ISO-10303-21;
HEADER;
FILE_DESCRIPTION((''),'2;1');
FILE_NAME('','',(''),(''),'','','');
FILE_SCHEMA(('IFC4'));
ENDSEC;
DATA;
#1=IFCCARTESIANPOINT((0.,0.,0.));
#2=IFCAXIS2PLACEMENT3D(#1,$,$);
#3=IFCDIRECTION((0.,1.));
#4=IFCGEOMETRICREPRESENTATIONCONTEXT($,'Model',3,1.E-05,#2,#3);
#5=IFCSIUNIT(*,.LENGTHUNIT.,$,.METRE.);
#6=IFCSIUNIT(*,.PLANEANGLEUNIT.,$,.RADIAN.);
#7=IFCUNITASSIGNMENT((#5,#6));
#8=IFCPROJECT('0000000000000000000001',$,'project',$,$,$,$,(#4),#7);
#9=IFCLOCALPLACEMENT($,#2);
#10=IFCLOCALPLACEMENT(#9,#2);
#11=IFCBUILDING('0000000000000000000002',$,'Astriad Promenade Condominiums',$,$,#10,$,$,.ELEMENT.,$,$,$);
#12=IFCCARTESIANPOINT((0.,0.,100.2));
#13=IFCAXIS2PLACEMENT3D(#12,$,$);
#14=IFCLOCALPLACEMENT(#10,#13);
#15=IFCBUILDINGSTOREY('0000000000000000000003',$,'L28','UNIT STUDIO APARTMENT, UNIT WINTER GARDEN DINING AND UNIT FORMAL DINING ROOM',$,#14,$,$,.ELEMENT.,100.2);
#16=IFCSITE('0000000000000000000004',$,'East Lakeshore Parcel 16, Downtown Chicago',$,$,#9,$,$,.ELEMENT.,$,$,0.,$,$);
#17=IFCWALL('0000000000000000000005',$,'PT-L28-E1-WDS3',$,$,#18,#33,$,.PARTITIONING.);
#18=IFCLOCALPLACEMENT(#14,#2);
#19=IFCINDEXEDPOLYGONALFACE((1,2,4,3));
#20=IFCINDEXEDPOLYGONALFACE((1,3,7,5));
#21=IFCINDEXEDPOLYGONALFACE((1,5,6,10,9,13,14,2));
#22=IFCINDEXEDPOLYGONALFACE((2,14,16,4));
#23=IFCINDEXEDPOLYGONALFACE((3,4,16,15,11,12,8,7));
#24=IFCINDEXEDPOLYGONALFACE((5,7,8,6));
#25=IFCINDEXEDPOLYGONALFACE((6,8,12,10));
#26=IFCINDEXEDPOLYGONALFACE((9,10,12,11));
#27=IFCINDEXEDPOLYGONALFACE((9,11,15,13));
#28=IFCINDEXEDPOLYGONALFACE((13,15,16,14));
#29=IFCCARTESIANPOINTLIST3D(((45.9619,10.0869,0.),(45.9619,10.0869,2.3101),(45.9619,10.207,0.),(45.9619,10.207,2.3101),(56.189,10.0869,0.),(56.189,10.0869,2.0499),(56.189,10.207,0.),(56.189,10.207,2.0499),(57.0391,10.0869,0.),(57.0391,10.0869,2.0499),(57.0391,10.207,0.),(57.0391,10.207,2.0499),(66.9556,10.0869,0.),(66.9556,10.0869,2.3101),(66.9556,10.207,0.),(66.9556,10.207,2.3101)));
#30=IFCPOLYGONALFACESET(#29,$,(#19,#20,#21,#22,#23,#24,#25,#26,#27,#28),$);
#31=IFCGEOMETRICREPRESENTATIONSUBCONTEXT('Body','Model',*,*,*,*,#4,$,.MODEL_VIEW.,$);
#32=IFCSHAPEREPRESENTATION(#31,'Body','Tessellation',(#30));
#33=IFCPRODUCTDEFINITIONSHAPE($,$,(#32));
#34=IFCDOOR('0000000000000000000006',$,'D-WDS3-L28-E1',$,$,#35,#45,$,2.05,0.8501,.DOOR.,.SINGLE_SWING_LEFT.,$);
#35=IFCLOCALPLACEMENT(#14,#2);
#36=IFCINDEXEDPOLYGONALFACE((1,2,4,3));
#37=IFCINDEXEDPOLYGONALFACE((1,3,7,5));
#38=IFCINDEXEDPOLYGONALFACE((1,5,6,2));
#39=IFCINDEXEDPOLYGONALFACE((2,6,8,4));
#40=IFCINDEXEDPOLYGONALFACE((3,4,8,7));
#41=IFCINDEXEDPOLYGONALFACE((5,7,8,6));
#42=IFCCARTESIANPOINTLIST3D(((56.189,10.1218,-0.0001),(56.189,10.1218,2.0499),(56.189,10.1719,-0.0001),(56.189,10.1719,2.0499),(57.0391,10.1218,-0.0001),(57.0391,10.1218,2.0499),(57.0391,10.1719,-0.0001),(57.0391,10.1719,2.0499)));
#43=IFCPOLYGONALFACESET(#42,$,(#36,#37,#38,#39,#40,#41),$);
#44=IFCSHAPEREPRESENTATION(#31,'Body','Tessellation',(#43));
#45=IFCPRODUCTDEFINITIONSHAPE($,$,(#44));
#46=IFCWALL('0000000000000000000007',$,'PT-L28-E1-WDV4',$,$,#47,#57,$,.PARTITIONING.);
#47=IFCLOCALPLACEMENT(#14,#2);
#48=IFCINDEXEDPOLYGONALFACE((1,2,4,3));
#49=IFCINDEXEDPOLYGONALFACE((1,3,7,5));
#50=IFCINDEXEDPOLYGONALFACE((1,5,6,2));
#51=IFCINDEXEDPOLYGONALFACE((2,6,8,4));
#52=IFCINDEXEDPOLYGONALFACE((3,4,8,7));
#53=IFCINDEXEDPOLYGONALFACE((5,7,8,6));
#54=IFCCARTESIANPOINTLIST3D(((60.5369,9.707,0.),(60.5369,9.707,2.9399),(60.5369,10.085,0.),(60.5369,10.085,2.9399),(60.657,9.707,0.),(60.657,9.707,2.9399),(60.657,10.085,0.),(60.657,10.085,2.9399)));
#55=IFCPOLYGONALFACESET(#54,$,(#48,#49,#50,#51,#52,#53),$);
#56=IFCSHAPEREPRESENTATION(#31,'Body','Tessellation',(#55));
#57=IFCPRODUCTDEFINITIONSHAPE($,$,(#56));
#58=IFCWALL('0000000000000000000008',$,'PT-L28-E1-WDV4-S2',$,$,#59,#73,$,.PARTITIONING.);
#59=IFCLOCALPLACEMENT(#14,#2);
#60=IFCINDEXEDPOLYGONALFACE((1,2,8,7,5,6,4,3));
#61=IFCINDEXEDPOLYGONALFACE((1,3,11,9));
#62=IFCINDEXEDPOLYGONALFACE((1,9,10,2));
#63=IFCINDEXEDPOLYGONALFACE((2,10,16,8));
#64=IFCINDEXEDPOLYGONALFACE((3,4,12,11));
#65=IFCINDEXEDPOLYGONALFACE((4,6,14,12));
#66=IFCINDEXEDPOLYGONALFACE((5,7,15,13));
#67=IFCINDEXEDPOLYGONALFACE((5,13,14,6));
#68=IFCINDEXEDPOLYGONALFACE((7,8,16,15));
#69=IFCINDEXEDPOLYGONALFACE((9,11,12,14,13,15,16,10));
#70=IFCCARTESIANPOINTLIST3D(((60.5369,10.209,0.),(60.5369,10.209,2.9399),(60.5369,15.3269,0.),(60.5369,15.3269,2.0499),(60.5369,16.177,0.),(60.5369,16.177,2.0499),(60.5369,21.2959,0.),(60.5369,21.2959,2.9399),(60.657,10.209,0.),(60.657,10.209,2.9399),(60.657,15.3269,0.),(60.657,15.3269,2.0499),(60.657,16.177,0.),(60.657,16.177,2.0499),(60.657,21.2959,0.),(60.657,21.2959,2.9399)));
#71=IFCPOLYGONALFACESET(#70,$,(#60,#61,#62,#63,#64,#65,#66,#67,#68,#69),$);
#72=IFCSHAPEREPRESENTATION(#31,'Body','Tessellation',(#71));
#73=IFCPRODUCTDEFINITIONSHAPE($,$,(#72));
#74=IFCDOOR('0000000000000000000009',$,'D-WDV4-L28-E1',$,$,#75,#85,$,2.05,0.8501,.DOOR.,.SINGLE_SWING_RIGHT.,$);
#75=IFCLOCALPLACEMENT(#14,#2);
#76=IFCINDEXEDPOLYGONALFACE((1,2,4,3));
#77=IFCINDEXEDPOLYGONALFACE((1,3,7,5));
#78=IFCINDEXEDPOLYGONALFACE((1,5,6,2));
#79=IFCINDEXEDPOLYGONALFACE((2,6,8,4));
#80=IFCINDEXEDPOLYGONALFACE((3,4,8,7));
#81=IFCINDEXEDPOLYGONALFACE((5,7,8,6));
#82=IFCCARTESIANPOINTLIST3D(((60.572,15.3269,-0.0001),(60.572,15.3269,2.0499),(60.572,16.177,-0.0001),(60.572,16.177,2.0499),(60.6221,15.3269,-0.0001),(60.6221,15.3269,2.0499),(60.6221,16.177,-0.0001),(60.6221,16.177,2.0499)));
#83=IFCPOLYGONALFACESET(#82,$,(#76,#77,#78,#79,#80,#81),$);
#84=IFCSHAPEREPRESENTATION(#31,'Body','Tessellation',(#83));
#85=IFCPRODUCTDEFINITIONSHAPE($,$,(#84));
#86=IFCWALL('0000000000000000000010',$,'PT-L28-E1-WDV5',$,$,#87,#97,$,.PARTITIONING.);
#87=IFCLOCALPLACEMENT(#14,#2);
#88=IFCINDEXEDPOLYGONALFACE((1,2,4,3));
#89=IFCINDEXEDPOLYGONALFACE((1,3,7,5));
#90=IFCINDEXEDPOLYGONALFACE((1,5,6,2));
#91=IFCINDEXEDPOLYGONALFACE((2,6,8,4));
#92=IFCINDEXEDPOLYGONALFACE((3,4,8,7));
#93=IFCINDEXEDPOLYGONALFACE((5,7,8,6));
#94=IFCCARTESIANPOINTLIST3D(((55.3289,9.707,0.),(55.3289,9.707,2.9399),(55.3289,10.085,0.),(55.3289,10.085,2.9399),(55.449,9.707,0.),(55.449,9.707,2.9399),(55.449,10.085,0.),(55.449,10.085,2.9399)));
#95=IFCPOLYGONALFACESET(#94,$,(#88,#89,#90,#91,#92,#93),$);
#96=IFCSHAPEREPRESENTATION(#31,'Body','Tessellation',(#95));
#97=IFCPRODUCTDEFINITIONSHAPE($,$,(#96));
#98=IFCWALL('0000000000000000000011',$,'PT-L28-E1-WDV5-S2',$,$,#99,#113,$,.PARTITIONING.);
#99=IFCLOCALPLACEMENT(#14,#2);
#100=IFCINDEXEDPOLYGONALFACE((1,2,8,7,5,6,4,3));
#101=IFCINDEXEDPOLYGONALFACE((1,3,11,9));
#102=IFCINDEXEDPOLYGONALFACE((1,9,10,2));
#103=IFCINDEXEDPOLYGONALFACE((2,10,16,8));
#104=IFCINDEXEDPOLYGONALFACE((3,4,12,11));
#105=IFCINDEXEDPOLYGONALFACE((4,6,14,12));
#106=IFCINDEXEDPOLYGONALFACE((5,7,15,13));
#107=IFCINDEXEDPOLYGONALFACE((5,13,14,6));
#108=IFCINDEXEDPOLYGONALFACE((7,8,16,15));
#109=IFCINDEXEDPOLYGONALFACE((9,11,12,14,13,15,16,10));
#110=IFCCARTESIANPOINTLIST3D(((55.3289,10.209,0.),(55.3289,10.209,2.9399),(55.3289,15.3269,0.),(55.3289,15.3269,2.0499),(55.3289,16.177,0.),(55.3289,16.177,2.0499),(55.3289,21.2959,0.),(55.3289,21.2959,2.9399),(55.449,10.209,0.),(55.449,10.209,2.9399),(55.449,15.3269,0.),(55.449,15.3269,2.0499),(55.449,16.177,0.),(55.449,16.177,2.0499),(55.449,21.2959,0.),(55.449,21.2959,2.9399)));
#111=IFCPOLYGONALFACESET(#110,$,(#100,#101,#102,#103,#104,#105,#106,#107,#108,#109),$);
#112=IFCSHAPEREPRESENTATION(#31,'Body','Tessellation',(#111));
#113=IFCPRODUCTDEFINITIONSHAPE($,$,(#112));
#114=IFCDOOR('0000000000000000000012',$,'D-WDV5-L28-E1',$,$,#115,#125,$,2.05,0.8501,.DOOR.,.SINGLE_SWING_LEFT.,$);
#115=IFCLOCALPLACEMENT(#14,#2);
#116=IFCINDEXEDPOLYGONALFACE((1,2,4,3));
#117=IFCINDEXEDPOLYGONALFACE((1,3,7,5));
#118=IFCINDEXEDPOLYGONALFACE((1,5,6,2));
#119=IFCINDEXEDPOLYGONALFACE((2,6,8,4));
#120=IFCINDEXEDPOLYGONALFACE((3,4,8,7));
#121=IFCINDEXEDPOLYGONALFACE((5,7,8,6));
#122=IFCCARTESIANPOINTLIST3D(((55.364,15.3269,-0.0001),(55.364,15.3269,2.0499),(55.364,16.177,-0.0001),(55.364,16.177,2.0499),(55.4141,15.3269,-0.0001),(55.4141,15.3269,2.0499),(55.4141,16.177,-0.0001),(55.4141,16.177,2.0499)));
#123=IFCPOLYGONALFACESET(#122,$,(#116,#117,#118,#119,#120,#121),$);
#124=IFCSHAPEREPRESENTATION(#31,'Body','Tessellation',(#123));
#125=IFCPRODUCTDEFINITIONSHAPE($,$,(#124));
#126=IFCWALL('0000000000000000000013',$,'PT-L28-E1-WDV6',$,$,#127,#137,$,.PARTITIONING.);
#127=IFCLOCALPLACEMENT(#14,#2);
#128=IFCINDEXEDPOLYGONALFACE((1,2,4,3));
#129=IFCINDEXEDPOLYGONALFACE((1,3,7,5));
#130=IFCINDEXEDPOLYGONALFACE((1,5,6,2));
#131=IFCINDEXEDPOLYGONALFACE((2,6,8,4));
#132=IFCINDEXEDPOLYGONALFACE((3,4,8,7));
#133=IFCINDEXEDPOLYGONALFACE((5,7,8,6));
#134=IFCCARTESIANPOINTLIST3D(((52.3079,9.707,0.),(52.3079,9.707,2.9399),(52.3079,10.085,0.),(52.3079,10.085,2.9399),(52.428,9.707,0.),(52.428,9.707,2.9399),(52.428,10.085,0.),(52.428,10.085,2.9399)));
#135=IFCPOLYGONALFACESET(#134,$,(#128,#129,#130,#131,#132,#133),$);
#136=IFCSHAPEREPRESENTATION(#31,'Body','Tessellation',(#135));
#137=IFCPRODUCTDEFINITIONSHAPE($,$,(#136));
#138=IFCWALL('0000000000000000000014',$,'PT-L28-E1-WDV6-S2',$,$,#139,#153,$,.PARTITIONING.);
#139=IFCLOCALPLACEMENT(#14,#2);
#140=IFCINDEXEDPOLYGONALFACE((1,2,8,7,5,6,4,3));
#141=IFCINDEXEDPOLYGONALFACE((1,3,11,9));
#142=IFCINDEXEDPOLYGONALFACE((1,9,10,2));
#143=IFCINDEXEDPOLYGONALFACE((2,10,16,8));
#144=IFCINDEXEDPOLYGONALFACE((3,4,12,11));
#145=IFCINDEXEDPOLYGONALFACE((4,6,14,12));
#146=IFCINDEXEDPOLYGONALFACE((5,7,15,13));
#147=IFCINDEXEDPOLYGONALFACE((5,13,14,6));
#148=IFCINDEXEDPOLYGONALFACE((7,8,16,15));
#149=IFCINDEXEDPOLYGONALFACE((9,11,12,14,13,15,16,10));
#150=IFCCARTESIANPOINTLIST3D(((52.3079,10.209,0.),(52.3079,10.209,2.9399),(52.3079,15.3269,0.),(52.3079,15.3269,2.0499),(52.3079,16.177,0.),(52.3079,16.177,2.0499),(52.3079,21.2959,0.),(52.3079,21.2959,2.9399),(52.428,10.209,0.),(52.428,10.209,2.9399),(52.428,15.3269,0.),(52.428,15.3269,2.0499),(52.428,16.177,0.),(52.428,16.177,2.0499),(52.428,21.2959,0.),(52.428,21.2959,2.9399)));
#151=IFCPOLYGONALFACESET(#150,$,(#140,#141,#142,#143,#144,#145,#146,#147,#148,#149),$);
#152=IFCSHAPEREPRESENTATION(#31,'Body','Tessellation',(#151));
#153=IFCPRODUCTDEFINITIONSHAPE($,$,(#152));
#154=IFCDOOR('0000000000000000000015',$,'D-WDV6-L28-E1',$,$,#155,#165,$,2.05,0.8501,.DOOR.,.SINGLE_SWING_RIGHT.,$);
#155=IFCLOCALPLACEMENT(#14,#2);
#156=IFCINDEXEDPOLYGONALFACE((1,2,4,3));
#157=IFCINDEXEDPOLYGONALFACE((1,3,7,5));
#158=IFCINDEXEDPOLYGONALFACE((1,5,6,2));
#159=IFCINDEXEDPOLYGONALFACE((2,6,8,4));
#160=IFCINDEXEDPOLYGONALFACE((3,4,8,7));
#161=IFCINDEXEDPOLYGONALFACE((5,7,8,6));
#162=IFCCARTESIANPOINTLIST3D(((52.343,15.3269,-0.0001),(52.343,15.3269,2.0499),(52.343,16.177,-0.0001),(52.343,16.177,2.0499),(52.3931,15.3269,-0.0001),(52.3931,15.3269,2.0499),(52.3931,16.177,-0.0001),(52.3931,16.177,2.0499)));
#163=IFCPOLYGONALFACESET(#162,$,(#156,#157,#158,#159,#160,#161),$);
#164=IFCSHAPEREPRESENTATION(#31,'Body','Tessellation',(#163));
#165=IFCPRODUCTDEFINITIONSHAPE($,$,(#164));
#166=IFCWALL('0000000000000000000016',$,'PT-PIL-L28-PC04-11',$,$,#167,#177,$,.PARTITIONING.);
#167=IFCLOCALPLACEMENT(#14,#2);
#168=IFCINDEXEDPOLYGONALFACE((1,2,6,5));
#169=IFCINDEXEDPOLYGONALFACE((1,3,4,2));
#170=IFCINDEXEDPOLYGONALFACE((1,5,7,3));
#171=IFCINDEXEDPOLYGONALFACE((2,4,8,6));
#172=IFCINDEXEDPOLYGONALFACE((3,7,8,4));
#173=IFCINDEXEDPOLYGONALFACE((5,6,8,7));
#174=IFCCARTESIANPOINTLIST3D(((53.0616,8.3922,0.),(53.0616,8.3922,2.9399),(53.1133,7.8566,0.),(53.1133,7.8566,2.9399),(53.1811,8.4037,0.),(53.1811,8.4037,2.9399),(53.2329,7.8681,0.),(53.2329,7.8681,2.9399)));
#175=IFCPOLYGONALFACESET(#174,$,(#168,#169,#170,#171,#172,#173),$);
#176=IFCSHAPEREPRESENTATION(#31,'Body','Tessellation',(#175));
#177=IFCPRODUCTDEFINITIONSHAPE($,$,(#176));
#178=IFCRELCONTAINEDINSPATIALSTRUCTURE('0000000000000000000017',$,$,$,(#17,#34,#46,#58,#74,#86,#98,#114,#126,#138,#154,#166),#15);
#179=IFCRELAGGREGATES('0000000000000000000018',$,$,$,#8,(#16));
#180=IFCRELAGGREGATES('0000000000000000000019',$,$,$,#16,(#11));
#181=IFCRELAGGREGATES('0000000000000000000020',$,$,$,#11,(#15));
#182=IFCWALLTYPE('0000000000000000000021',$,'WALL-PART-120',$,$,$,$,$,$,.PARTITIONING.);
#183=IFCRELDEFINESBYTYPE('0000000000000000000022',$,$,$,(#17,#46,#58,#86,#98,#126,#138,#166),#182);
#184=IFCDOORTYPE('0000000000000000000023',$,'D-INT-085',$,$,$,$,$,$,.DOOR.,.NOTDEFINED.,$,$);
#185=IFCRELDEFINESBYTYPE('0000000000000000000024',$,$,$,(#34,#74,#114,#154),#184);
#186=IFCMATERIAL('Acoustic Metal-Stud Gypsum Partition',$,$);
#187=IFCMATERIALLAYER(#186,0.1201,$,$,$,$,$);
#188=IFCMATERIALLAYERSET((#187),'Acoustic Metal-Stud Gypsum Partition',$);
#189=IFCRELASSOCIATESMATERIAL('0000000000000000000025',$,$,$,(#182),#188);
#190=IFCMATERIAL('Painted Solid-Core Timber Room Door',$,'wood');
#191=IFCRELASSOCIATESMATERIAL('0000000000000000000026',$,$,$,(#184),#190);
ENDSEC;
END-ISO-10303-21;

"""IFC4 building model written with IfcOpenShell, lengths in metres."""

from ifc_helpers import new_model, si_unit, direction, frame, frame_2d, origin, place, context, subcontext, project, spatial, rectangle, extrude, source, transform, mapped, material, layer, layer_set, type_object, type_shapes, element, fill, save


model = new_model("IFC4")

# Units and contexts
model_context = context("Model", 3, precision=1e-05, world=origin(), true_north=direction((0.0, 1.0)))
body_context = subcontext(model_context, "Body", "Model", "MODEL_VIEW")
ifc_project = project(units=[si_unit("LENGTHUNIT", "METRE"), si_unit("PLANEANGLEUNIT", "RADIAN")], contexts=[model_context])

# Site, building, storey
site_placement = place(None, origin())
site = spatial("IfcSite", under=ifc_project, at=site_placement, Name="East Lakeshore Parcel 16, Downtown Chicago", CompositionType="ELEMENT", RefElevation=0.0)
building_placement = place(site_placement, origin())
building = spatial("IfcBuilding", under=site, at=building_placement, Name="Astriad Promenade Condominiums", CompositionType="ELEMENT")
storey_placement = place(building_placement, frame((0.0, 0.0, 100.2)))
storey = spatial("IfcBuildingStorey", under=building, at=storey_placement, Name="L28", Description="UNIT STUDIO APARTMENT, UNIT WINTER GARDEN DINING AND UNIT FORMAL DINING ROOM", CompositionType="ELEMENT", Elevation=100.2)

# Wall, opening, door
ifc_material_1 = material(Name="Acoustic Metal-Stud Gypsum Partition")
ifc_layer_1 = layer(ifc_material_1, 0.1201)
ifc_layer_set_1 = layer_set([ifc_layer_1], Name="Acoustic Metal-Stud Gypsum Partition")
wall_type = type_object("IfcWallType", Name="WALL-PART-120", PredefinedType="PARTITIONING", material=ifc_layer_set_1)
wall_1_placement = place(storey_placement, frame((45.9619, 10.147, 0.0), z_axis=(0.0, 0.0, 1.0), x_axis=(1.0, 0.0, 0.0)))
wall_1 = element("IfcWall", 1, at=wall_1_placement, inside=storey, type_object=wall_type, Name="PT-L28-E1-WDS3", PredefinedType="PARTITIONING", context=body_context, shape_type="SweptSolid", body=[
    extrude(rectangle(XDim=20.9937, YDim=0.1201, at=frame_2d((10.4968, 0.0))), origin(), (0.0, 0.0, 1.0), 2.3101),
])
opening_1_placement = place(wall_1_placement, frame((10.2271, 0.0, 0.0)))
opening_1 = element("IfcOpeningElement", 2, at=opening_1_placement, cuts=wall_1, PredefinedType="OPENING", context=body_context, shape_type="SweptSolid", body=[
    extrude(rectangle(XDim=0.8501, YDim=2.05, at=frame_2d((0.425, 1.0249))), frame((0.0, 0.0701, 0.0), z_axis=(0.0, -1.0, 0.0), x_axis=(1.0, 0.0, 0.0)), (0.0, 0.0, 1.0), 0.1401),
])
ifc_material_2 = material(Name="Painted Solid-Core Timber Room Door", Category="wood")
door_type = type_object("IfcDoorType", Name="D-INT-085", OperationType="NOTDEFINED", PredefinedType="DOOR", material=ifc_material_2)
shared_shape_1 = source(origin(), body_context, "Body", "SweptSolid", [
    extrude(rectangle(XDim=0.8501, YDim=2.05, at=frame_2d((0.425, 1.0249))), frame((0.0, 0.0249, 0.0), z_axis=(0.0, -1.0, 0.0), x_axis=(1.0, 0.0, 0.0)), (0.0, 0.0, 1.0), 0.05),
])
type_shapes(door_type, [shared_shape_1])
door_1_placement = place(opening_1_placement, origin())
door_1 = element("IfcDoor", 3, at=door_1_placement, inside=storey, type_object=door_type, Name="D-WDS3-L28-E1", OperationType="SINGLE_SWING_LEFT", OverallHeight=2.05, OverallWidth=0.8501, PredefinedType="DOOR", context=body_context, shape_type="MappedRepresentation", body=[
    mapped(shared_shape_1, transform((0.0, 0.0, 0.0), scale=1.0)),
])
fill(opening_1, door_1)

# Wall
wall_2_placement = place(storey_placement, frame((60.5969, 9.707, 0.0), z_axis=(0.0, 0.0, 1.0), x_axis=(0.0, 1.0, 0.0)))
element("IfcWall", 4, at=wall_2_placement, inside=storey, type_object=wall_type, Name="PT-L28-E1-WDV4", PredefinedType="PARTITIONING", context=body_context, shape_type="SweptSolid", body=[
    extrude(rectangle(XDim=0.3779, YDim=0.1201, at=frame_2d((0.189, 0.0))), origin(), (0.0, 0.0, 1.0), 2.9399),
])

# Wall, opening, door
wall_3_placement = place(storey_placement, frame((60.5969, 10.209, 0.0), z_axis=(0.0, 0.0, 1.0), x_axis=(0.0, 1.0, 0.0)))
wall_3 = element("IfcWall", 5, at=wall_3_placement, inside=storey, type_object=wall_type, Name="PT-L28-E1-WDV4-S2", PredefinedType="PARTITIONING", context=body_context, shape_type="SweptSolid", body=[
    extrude(rectangle(XDim=11.0869, YDim=0.1201, at=frame_2d((5.5435, 0.0))), origin(), (0.0, 0.0, 1.0), 2.9399),
])
opening_2_placement = place(wall_3_placement, frame((5.1179, 0.0, 0.0)))
opening_2 = element("IfcOpeningElement", 6, at=opening_2_placement, cuts=wall_3, PredefinedType="OPENING", context=body_context, shape_type="SweptSolid", body=[
    extrude(rectangle(XDim=0.8501, YDim=2.05, at=frame_2d((0.425, 1.0249))), frame((0.0, 0.0701, 0.0), z_axis=(0.0, -1.0, 0.0), x_axis=(1.0, 0.0, 0.0)), (0.0, 0.0, 1.0), 0.1401),
])
door_2_placement = place(opening_2_placement, origin())
door_2 = element("IfcDoor", 7, at=door_2_placement, inside=storey, type_object=door_type, Name="D-WDV4-L28-E1", OperationType="SINGLE_SWING_RIGHT", OverallHeight=2.05, OverallWidth=0.8501, PredefinedType="DOOR", context=body_context, shape_type="MappedRepresentation", body=[
    mapped(shared_shape_1, transform((0.0, 0.0, 0.0), scale=1.0)),
])
fill(opening_2, door_2)

# Wall
wall_4_placement = place(storey_placement, frame((55.3889, 9.707, 0.0), z_axis=(0.0, 0.0, 1.0), x_axis=(0.0, 1.0, 0.0)))
element("IfcWall", 8, at=wall_4_placement, inside=storey, type_object=wall_type, Name="PT-L28-E1-WDV5", PredefinedType="PARTITIONING", context=body_context, shape_type="SweptSolid", body=[
    extrude(rectangle(XDim=0.3779, YDim=0.1201, at=frame_2d((0.189, 0.0))), origin(), (0.0, 0.0, 1.0), 2.9399),
])

# Wall, opening, door
wall_5_placement = place(storey_placement, frame((55.3889, 10.209, 0.0), z_axis=(0.0, 0.0, 1.0), x_axis=(0.0, 1.0, 0.0)))
wall_5 = element("IfcWall", 9, at=wall_5_placement, inside=storey, type_object=wall_type, Name="PT-L28-E1-WDV5-S2", PredefinedType="PARTITIONING", context=body_context, shape_type="SweptSolid", body=[
    extrude(rectangle(XDim=11.0869, YDim=0.1201, at=frame_2d((5.5435, 0.0))), origin(), (0.0, 0.0, 1.0), 2.9399),
])
opening_3_placement = place(wall_5_placement, frame((5.1179, 0.0, 0.0)))
opening_3 = element("IfcOpeningElement", 10, at=opening_3_placement, cuts=wall_5, PredefinedType="OPENING", context=body_context, shape_type="SweptSolid", body=[
    extrude(rectangle(XDim=0.8501, YDim=2.05, at=frame_2d((0.425, 1.0249))), frame((0.0, 0.0701, 0.0), z_axis=(0.0, -1.0, 0.0), x_axis=(1.0, 0.0, 0.0)), (0.0, 0.0, 1.0), 0.1401),
])
door_3_placement = place(opening_3_placement, origin())
door_3 = element("IfcDoor", 11, at=door_3_placement, inside=storey, type_object=door_type, Name="D-WDV5-L28-E1", OperationType="SINGLE_SWING_LEFT", OverallHeight=2.05, OverallWidth=0.8501, PredefinedType="DOOR", context=body_context, shape_type="MappedRepresentation", body=[
    mapped(shared_shape_1, transform((0.0, 0.0, 0.0), scale=1.0)),
])
fill(opening_3, door_3)

# Wall
wall_6_placement = place(storey_placement, frame((52.3679, 9.707, 0.0), z_axis=(0.0, 0.0, 1.0), x_axis=(0.0, 1.0, 0.0)))
element("IfcWall", 12, at=wall_6_placement, inside=storey, type_object=wall_type, Name="PT-L28-E1-WDV6", PredefinedType="PARTITIONING", context=body_context, shape_type="SweptSolid", body=[
    extrude(rectangle(XDim=0.3779, YDim=0.1201, at=frame_2d((0.189, 0.0))), origin(), (0.0, 0.0, 1.0), 2.9399),
])

# Wall, opening, door
wall_7_placement = place(storey_placement, frame((52.3679, 10.209, 0.0), z_axis=(0.0, 0.0, 1.0), x_axis=(0.0, 1.0, 0.0)))
wall_7 = element("IfcWall", 13, at=wall_7_placement, inside=storey, type_object=wall_type, Name="PT-L28-E1-WDV6-S2", PredefinedType="PARTITIONING", context=body_context, shape_type="SweptSolid", body=[
    extrude(rectangle(XDim=11.0869, YDim=0.1201, at=frame_2d((5.5435, 0.0))), origin(), (0.0, 0.0, 1.0), 2.9399),
])
opening_4_placement = place(wall_7_placement, frame((5.1179, 0.0, 0.0)))
opening_4 = element("IfcOpeningElement", 14, at=opening_4_placement, cuts=wall_7, PredefinedType="OPENING", context=body_context, shape_type="SweptSolid", body=[
    extrude(rectangle(XDim=0.8501, YDim=2.05, at=frame_2d((0.425, 1.0249))), frame((0.0, 0.0701, 0.0), z_axis=(0.0, -1.0, 0.0), x_axis=(1.0, 0.0, 0.0)), (0.0, 0.0, 1.0), 0.1401),
])
door_4_placement = place(opening_4_placement, origin())
door_4 = element("IfcDoor", 15, at=door_4_placement, inside=storey, type_object=door_type, Name="D-WDV6-L28-E1", OperationType="SINGLE_SWING_RIGHT", OverallHeight=2.05, OverallWidth=0.8501, PredefinedType="DOOR", context=body_context, shape_type="MappedRepresentation", body=[
    mapped(shared_shape_1, transform((0.0, 0.0, 0.0), scale=1.0)),
])
fill(opening_4, door_4)

# Wall
wall_8_placement = place(storey_placement, frame((53.1213, 8.3979, 0.0), z_axis=(0.0, 0.0, 1.0), x_axis=(0.096179, -0.995364, 0.0)))
element("IfcWall", 16, at=wall_8_placement, inside=storey, type_object=wall_type, Name="PT-PIL-L28-PC04-11", PredefinedType="PARTITIONING", context=body_context, shape_type="SweptSolid", body=[
    extrude(rectangle(XDim=0.5381, YDim=0.1201, at=frame_2d((0.269, 0.0))), origin(), (0.0, 0.0, 1.0), 2.9399),
])

save(model, "model.ifc")
